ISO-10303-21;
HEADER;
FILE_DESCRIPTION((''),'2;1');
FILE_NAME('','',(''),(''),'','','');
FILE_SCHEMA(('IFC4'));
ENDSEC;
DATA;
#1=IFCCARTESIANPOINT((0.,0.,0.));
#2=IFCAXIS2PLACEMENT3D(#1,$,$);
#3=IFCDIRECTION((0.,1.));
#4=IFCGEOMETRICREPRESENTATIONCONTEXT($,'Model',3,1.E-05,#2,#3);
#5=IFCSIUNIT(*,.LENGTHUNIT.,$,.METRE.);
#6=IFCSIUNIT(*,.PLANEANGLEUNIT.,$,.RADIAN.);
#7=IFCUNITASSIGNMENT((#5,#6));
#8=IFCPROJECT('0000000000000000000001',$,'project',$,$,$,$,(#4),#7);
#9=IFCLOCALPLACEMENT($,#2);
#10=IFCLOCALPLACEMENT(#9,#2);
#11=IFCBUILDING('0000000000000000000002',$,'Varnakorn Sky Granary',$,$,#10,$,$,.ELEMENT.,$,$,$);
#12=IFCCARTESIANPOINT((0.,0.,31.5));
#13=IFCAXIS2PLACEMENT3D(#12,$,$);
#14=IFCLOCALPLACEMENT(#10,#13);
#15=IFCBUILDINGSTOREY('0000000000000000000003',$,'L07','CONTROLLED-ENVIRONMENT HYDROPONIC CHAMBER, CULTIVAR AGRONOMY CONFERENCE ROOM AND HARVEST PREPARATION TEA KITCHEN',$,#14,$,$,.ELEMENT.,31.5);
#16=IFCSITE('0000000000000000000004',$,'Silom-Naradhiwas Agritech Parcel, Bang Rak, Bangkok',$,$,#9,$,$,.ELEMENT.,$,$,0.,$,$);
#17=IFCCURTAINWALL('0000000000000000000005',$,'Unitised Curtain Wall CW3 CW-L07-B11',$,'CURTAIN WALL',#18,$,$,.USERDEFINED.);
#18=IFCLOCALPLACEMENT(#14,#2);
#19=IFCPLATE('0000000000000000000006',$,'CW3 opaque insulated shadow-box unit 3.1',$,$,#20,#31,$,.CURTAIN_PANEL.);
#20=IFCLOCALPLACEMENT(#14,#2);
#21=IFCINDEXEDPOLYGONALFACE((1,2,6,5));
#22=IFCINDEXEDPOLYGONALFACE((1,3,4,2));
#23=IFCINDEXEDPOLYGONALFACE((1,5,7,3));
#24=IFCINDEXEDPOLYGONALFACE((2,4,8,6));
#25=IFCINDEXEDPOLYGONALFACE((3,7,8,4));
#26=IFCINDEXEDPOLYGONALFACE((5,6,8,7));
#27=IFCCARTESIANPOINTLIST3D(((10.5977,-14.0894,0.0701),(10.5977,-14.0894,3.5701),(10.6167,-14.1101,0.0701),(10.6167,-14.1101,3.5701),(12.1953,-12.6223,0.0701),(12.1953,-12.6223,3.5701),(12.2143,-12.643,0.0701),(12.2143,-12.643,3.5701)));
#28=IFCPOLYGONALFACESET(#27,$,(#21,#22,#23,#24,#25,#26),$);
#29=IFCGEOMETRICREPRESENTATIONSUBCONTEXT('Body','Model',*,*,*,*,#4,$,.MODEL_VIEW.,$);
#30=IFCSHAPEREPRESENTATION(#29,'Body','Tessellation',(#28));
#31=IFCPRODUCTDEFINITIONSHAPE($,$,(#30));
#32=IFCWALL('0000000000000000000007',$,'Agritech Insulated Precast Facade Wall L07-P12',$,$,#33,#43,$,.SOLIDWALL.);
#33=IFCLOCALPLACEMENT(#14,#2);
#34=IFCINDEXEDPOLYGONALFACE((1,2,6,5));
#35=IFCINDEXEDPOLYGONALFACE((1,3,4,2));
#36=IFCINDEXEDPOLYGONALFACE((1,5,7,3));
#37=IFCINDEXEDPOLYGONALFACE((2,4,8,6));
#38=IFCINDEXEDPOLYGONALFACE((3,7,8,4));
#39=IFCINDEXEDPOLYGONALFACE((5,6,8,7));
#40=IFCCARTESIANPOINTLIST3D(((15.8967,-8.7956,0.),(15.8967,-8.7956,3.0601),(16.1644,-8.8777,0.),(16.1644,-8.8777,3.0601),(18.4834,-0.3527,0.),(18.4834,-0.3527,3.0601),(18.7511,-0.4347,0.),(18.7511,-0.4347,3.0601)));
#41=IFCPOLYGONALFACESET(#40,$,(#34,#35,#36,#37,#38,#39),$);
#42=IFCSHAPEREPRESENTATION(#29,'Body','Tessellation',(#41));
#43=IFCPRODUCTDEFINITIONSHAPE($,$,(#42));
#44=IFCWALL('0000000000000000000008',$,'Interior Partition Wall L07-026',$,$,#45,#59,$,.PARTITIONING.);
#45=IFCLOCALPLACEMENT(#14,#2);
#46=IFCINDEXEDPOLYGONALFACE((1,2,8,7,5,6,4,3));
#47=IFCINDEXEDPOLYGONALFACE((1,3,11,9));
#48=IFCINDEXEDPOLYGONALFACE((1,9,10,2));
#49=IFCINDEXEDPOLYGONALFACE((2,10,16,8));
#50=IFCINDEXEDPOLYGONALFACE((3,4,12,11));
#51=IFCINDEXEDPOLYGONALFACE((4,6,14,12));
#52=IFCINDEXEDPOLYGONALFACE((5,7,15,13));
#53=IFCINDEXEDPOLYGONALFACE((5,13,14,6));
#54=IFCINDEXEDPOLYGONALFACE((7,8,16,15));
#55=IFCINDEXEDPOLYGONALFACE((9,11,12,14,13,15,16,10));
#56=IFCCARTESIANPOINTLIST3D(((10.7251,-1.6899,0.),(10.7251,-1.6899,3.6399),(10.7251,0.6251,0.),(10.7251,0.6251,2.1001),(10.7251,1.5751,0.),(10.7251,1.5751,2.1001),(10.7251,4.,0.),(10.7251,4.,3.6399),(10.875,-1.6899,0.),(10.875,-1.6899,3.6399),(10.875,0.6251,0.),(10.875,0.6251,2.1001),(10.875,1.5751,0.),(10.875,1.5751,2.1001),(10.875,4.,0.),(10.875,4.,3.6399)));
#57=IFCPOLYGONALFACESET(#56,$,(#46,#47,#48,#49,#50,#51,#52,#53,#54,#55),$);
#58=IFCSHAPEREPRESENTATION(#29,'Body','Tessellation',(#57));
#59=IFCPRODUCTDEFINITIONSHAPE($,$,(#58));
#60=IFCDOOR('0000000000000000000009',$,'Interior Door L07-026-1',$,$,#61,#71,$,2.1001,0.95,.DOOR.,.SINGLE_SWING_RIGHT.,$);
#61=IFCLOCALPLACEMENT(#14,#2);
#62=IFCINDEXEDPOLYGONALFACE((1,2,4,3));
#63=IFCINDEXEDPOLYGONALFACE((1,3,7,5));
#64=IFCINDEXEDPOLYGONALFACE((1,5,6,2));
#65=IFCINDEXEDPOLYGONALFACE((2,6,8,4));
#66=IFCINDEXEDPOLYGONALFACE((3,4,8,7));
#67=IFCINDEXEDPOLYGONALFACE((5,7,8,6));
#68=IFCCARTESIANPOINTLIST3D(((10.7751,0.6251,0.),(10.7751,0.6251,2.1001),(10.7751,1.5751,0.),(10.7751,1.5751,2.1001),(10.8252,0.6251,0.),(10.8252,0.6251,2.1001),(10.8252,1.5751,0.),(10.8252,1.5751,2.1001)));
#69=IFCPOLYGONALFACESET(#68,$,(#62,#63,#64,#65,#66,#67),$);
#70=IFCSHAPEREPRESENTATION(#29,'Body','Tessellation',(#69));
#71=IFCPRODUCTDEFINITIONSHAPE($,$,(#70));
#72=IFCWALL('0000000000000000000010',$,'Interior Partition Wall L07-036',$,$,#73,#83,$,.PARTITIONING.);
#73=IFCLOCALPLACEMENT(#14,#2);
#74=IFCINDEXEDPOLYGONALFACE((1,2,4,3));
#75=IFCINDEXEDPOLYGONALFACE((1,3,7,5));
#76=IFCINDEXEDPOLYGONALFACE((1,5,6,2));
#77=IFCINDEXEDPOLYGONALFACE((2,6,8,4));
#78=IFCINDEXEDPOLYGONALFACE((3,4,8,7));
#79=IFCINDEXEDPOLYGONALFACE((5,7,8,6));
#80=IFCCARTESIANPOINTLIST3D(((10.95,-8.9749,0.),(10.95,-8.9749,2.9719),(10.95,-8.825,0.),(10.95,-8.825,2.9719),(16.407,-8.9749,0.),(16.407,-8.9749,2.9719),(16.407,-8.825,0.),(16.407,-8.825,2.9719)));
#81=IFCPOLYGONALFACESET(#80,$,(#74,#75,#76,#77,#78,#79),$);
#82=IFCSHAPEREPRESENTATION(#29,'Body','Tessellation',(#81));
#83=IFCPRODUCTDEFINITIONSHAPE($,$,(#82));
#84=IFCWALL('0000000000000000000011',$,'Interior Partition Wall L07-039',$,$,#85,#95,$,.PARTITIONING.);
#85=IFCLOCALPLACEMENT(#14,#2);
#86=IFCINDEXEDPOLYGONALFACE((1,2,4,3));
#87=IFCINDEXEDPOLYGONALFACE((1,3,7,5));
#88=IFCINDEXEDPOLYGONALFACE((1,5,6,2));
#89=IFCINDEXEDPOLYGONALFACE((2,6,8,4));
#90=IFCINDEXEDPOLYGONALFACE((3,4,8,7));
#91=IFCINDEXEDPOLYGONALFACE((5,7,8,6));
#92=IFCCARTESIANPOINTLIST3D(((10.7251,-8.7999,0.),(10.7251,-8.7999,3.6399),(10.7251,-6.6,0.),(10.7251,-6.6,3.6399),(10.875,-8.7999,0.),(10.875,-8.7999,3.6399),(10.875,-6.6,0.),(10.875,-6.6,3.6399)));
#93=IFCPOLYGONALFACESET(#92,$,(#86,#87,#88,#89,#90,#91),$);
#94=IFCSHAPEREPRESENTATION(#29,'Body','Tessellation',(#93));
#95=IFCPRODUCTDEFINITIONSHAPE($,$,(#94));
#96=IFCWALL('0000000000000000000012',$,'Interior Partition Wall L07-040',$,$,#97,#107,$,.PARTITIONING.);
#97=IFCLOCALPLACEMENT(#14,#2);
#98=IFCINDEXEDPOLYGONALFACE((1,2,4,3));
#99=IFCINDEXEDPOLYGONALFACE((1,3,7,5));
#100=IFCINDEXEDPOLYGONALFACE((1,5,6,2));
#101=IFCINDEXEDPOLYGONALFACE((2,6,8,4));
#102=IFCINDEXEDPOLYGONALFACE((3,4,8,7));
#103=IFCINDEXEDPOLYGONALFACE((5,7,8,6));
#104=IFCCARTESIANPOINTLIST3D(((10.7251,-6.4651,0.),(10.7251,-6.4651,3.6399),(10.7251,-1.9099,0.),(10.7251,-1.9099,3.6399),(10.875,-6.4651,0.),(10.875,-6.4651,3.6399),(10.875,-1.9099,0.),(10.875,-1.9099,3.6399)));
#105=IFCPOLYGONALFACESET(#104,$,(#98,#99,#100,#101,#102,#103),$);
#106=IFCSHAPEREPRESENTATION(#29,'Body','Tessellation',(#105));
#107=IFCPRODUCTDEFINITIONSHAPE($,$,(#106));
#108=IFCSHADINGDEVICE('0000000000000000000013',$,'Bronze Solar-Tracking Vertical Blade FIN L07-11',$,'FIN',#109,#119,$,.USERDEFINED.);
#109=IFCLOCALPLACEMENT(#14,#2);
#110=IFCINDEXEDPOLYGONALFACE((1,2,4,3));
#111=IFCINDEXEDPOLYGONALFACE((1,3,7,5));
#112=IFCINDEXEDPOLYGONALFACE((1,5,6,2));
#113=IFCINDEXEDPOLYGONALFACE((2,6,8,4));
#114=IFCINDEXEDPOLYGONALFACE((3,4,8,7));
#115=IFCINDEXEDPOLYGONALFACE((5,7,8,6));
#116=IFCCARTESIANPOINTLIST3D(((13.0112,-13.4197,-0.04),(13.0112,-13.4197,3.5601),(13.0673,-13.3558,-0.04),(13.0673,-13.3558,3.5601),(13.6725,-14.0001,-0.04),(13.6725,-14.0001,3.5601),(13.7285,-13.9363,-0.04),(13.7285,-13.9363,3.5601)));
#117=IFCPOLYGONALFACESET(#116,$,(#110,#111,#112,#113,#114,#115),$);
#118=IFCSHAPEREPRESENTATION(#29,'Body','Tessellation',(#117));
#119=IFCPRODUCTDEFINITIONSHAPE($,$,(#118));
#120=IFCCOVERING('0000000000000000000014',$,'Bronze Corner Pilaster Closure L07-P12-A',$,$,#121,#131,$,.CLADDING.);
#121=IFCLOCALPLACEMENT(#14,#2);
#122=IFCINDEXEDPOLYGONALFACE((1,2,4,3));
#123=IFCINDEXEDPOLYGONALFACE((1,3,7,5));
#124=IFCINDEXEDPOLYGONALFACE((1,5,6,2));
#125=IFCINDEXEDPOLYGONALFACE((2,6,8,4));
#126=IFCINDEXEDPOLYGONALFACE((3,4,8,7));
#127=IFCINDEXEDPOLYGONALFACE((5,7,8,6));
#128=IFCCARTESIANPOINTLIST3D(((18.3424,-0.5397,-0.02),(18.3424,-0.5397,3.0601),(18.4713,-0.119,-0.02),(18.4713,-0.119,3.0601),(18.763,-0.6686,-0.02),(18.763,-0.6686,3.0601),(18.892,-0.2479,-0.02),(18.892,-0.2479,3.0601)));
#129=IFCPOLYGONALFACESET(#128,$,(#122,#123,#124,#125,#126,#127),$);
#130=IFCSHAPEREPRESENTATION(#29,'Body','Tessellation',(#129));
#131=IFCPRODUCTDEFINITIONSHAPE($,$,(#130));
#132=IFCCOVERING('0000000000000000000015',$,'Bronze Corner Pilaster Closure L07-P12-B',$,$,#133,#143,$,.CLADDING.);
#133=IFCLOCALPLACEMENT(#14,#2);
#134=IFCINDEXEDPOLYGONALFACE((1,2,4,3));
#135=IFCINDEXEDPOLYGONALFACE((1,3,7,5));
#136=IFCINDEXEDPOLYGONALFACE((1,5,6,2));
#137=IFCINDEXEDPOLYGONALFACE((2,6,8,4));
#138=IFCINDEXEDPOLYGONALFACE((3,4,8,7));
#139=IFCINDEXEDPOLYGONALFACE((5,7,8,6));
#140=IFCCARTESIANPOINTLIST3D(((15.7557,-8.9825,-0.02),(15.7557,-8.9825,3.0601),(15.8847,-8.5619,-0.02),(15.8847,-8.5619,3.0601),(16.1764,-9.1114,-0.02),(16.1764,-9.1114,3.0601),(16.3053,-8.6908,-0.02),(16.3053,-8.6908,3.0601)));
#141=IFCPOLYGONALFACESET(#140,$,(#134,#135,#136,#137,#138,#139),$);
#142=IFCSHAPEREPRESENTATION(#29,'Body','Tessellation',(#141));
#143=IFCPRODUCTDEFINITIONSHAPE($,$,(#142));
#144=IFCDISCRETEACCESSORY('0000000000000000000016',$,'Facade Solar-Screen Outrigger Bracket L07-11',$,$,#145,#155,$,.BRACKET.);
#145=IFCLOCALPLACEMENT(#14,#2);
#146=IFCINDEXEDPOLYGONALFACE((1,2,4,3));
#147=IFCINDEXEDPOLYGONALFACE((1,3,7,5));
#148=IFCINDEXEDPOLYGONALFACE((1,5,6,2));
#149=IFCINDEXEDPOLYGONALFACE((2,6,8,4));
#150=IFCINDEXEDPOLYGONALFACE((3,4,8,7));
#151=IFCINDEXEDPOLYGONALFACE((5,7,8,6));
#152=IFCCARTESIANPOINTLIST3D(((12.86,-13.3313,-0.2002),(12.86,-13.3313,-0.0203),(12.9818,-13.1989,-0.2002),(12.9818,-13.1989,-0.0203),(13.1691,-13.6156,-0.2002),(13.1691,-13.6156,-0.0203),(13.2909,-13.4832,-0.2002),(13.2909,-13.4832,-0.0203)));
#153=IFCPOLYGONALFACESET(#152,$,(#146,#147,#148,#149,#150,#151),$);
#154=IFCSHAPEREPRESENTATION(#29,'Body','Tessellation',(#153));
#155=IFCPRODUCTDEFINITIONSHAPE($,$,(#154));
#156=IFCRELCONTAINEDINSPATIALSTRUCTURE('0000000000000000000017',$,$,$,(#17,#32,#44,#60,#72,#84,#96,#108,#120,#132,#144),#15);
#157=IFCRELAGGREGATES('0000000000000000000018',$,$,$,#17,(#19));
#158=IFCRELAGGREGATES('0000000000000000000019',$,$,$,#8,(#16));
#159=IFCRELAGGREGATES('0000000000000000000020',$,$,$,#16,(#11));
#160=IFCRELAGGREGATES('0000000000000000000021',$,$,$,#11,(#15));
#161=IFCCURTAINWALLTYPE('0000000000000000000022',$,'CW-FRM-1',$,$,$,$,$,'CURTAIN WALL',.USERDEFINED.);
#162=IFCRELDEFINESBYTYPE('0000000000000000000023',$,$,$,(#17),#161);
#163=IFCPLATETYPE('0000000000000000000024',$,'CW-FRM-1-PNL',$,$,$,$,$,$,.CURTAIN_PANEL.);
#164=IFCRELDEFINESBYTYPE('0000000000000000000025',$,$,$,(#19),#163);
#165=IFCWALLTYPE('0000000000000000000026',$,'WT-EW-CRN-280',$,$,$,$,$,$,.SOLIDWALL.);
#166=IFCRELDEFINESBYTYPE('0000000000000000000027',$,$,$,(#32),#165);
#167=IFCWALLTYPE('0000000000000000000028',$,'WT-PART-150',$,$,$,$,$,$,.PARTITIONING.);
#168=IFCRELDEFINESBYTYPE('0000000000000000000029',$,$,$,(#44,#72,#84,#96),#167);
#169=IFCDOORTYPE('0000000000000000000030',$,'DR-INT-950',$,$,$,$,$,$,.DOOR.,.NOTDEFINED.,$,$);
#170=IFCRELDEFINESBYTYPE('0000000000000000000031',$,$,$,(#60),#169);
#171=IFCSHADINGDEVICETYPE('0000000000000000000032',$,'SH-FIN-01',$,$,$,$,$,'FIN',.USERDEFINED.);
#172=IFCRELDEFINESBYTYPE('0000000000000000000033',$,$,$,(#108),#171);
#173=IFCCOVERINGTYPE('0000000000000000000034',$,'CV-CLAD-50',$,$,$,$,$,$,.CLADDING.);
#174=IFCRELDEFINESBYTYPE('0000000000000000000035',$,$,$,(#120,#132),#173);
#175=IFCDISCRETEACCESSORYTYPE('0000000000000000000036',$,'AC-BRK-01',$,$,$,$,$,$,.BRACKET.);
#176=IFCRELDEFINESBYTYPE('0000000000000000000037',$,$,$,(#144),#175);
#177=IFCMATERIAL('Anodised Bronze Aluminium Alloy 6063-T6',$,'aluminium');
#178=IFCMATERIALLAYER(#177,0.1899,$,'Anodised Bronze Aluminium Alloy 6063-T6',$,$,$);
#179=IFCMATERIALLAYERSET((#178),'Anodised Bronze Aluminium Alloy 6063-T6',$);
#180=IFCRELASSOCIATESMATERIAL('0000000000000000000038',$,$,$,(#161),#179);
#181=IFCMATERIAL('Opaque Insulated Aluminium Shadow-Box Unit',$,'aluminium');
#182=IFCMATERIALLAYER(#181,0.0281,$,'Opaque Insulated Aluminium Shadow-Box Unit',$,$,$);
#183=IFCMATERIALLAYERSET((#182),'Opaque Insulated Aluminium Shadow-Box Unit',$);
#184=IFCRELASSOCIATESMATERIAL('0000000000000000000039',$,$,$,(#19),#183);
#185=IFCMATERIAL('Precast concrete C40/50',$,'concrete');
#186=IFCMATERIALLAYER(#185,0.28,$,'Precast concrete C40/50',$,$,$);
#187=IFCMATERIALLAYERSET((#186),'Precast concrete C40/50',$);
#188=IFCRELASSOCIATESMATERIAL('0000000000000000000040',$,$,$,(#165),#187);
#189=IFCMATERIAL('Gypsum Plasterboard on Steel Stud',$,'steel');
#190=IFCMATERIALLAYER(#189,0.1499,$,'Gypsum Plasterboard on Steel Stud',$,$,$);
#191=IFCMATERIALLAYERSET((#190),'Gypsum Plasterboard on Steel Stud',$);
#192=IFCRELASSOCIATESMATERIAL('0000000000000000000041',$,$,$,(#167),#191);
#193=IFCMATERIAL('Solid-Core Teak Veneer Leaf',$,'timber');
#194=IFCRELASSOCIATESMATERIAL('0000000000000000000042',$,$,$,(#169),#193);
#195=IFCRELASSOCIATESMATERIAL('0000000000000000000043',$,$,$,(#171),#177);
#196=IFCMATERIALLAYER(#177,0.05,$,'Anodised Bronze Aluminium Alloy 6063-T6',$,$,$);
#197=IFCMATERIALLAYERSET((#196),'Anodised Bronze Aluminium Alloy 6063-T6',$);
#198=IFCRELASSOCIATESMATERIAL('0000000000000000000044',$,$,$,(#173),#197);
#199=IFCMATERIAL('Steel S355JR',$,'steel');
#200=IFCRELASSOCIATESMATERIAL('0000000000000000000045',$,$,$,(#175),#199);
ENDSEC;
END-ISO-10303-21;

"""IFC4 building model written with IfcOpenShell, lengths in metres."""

from ifc_helpers import new_model, si_unit, direction, frame, frame_2d, origin, origin_2d, place, context, subcontext, project, spatial, rectangle, extrude, source, transform, mapped, material, layer, layer_set, type_object, type_shapes, element, fill, aggregate, save


model = new_model("IFC4")

# Units and contexts
model_context = context("Model", 3, precision=1e-05, world=origin(), true_north=direction((0.0, 1.0)))
body_context = subcontext(model_context, "Body", "Model", "MODEL_VIEW")
ifc_project = project(units=[si_unit("LENGTHUNIT", "METRE"), si_unit("PLANEANGLEUNIT", "RADIAN")], contexts=[model_context])

# Site, building, storey
site_placement = place(None, origin())
site = spatial("IfcSite", under=ifc_project, at=site_placement, Name="Silom-Naradhiwas Agritech Parcel, Bang Rak, Bangkok", CompositionType="ELEMENT", RefElevation=0.0)
building_placement = place(site_placement, origin())
building = spatial("IfcBuilding", under=site, at=building_placement, Name="Varnakorn Sky Granary", CompositionType="ELEMENT")
storey_placement = place(building_placement, frame((0.0, 0.0, 31.5)))
storey = spatial("IfcBuildingStorey", under=building, at=storey_placement, Name="L07", Description="CONTROLLED-ENVIRONMENT HYDROPONIC CHAMBER, CULTIVAR AGRONOMY CONFERENCE ROOM AND HARVEST PREPARATION TEA KITCHEN", CompositionType="ELEMENT", Elevation=31.5)

# Shared definitions
ifc_material_1 = material(Name="Steel S355JR", Category="steel")

# Curtain wall
ifc_material_2 = material(Name="Anodised Bronze Aluminium Alloy 6063-T6", Category="aluminium")
ifc_layer_1 = layer(ifc_material_2, 0.1899, Name="Anodised Bronze Aluminium Alloy 6063-T6")
ifc_layer_set_1 = layer_set([ifc_layer_1], Name="Anodised Bronze Aluminium Alloy 6063-T6")
curtain_wall_type = type_object("IfcCurtainWallType", Name="CW-FRM-1", ElementType="CURTAIN WALL", PredefinedType="USERDEFINED", material=ifc_layer_set_1)
curtain_wall_placement = place(storey_placement, origin())
curtain_wall = element("IfcCurtainWall", 1, at=curtain_wall_placement, inside=storey, type_object=curtain_wall_type, Name="Unitised Curtain Wall CW3 CW-L07-B11", ObjectType="CURTAIN WALL", PredefinedType="USERDEFINED")

# Plate
plate_type = type_object("IfcPlateType", Name="CW-FRM-1-PNL", PredefinedType="CURTAIN_PANEL")
ifc_material_3 = material(Name="Opaque Insulated Aluminium Shadow-Box Unit", Category="aluminium")
ifc_layer_2 = layer(ifc_material_3, 0.0281, Name="Opaque Insulated Aluminium Shadow-Box Unit")
ifc_layer_set_2 = layer_set([ifc_layer_2], Name="Opaque Insulated Aluminium Shadow-Box Unit")
shared_shape_1 = source(origin(), body_context, "Body", "SweptSolid", [
    extrude(rectangle(XDim=2.1689, YDim=0.0281, at=origin_2d()), origin(), (0.0, 0.0, 1.0), 3.5),
])
plate_1_placement = place(storey_placement, frame((11.406, -13.3662, 0.0701), z_axis=(0.0, 0.0, 1.0), x_axis=(-0.736547, -0.676387, 0.0)))
plate_1 = element("IfcPlate", 2, at=plate_1_placement, type_object=plate_type, material=ifc_layer_set_2, Name="CW3 opaque insulated shadow-box unit 3.1", PredefinedType="CURTAIN_PANEL", context=body_context, shape_type="MappedRepresentation", body=[
    mapped(shared_shape_1, transform((0.0, 0.0, 0.0), x_axis=(1.0, 0.0, 0.0), y_axis=(0.0, 1.0, 0.0), z_axis=(0.0, 0.0, 1.0), scale=1.0)),
])
aggregate(curtain_wall, [plate_1])

# Wall
ifc_material_4 = material(Name="Precast concrete C40/50", Category="concrete")
ifc_layer_3 = layer(ifc_material_4, 0.28, Name="Precast concrete C40/50")
ifc_layer_set_3 = layer_set([ifc_layer_3], Name="Precast concrete C40/50")
wall_type_1 = type_object("IfcWallType", Name="WT-EW-CRN-280", PredefinedType="SOLIDWALL", material=ifc_layer_set_3)
wall_1_placement = place(storey_placement, frame((18.6172, -0.3938, 0.0), z_axis=(0.0, 0.0, 1.0), x_axis=(-0.292934, -0.956133, 0.0)))
element("IfcWall", 3, at=wall_1_placement, inside=storey, type_object=wall_type_1, Name="Agritech Insulated Precast Facade Wall L07-P12", PredefinedType="SOLIDWALL", context=body_context, shape_type="SweptSolid", body=[
    extrude(rectangle(XDim=8.8303, YDim=0.28, at=frame_2d((4.415, 0.0))), origin(), (0.0, 0.0, 1.0), 3.0601),
])

# Wall, opening, door
ifc_material_5 = material(Name="Gypsum Plasterboard on Steel Stud", Category="steel")
ifc_layer_4 = layer(ifc_material_5, 0.1499, Name="Gypsum Plasterboard on Steel Stud")
ifc_layer_set_4 = layer_set([ifc_layer_4], Name="Gypsum Plasterboard on Steel Stud")
wall_type_2 = type_object("IfcWallType", Name="WT-PART-150", PredefinedType="PARTITIONING", material=ifc_layer_set_4)
wall_2_placement = place(storey_placement, frame((10.8, -1.6899, 0.0), z_axis=(0.0, 0.0, 1.0), x_axis=(0.0, 1.0, 0.0)))
wall_2 = element("IfcWall", 4, at=wall_2_placement, inside=storey, type_object=wall_type_2, Name="Interior Partition Wall L07-026", PredefinedType="PARTITIONING", context=body_context, shape_type="SweptSolid", body=[
    extrude(rectangle(XDim=5.6899, YDim=0.1499, at=frame_2d((2.845, 0.0))), origin(), (0.0, 0.0, 1.0), 3.6399),
])
opening_placement = place(wall_2_placement, frame((2.3149, 0.0, 0.0)))
opening = element("IfcOpeningElement", 5, at=opening_placement, cuts=wall_2, PredefinedType="OPENING", context=body_context, shape_type="SweptSolid", body=[
    extrude(rectangle(XDim=0.95, YDim=2.1001, at=frame_2d((0.4751, 1.05))), frame((0.0, 0.085, 0.0), z_axis=(0.0, -1.0, 0.0), x_axis=(1.0, 0.0, 0.0)), (0.0, 0.0, 1.0), 0.1699),
])
ifc_material_6 = material(Name="Solid-Core Teak Veneer Leaf", Category="timber")
door_type = type_object("IfcDoorType", Name="DR-INT-950", OperationType="NOTDEFINED", PredefinedType="DOOR", material=ifc_material_6)
door_placement = place(opening_placement, origin())
door = element("IfcDoor", 6, at=door_placement, inside=storey, type_object=door_type, Name="Interior Door L07-026-1", OperationType="SINGLE_SWING_RIGHT", OverallHeight=2.1001, OverallWidth=0.95, PredefinedType="DOOR", context=body_context, shape_type="SweptSolid", body=[
    extrude(rectangle(XDim=0.95, YDim=2.1001, at=frame_2d((0.4751, 1.05))), frame((0.0, 0.0249, 0.0), z_axis=(0.0, -1.0, 0.0), x_axis=(1.0, 0.0, 0.0)), (0.0, 0.0, 1.0), 0.05),
])
fill(opening, door)

# Walls
wall_3_placement = place(storey_placement, frame((10.95, -8.8999, 0.0), z_axis=(0.0, 0.0, 1.0), x_axis=(1.0, 0.0, 0.0)))
element("IfcWall", 7, at=wall_3_placement, inside=storey, type_object=wall_type_2, Name="Interior Partition Wall L07-036", PredefinedType="PARTITIONING", context=body_context, shape_type="SweptSolid", body=[
    extrude(rectangle(XDim=5.457, YDim=0.1499, at=frame_2d((2.7285, 0.0))), origin(), (0.0, 0.0, 1.0), 2.9719),
])
wall_4_placement = place(storey_placement, frame((10.8, -8.8, 0.0), z_axis=(0.0, 0.0, 1.0), x_axis=(0.0, 1.0, 0.0)))
element("IfcWall", 8, at=wall_4_placement, inside=storey, type_object=wall_type_2, Name="Interior Partition Wall L07-039", PredefinedType="PARTITIONING", context=body_context, shape_type="SweptSolid", body=[
    extrude(rectangle(XDim=2.2, YDim=0.1499, at=frame_2d((1.1001, 0.0))), origin(), (0.0, 0.0, 1.0), 3.6399),
])
wall_5_placement = place(storey_placement, frame((10.8, -6.4651, 0.0), z_axis=(0.0, 0.0, 1.0), x_axis=(0.0, 1.0, 0.0)))
element("IfcWall", 9, at=wall_5_placement, inside=storey, type_object=wall_type_2, Name="Interior Partition Wall L07-040", PredefinedType="PARTITIONING", context=body_context, shape_type="SweptSolid", body=[
    extrude(rectangle(XDim=4.5552, YDim=0.1499, at=frame_2d((2.2776, 0.0))), origin(), (0.0, 0.0, 1.0), 3.6399),
])

# Shading device
shading_device_type = type_object("IfcShadingDeviceType", Name="SH-FIN-01", ElementType="FIN", PredefinedType="USERDEFINED", material=ifc_material_2)
shared_shape_2 = source(origin(), body_context, "Body", "SweptSolid", [
    extrude(rectangle(XDim=0.085, YDim=0.8799, at=origin_2d()), origin(), (0.0, 0.0, 1.0), 3.6001),
])
type_shapes(shading_device_type, [shared_shape_2])
shading_device_placement = place(storey_placement, frame((13.3699, -13.678, -0.04), z_axis=(0.0, 0.0, 1.0), x_axis=(0.659686, 0.751541, 0.0)))
element("IfcShadingDevice", 10, at=shading_device_placement, inside=storey, type_object=shading_device_type, Name="Bronze Solar-Tracking Vertical Blade FIN L07-11", ObjectType="FIN", PredefinedType="USERDEFINED", context=body_context, shape_type="MappedRepresentation", body=[
    mapped(shared_shape_2, transform((0.0, 0.0, 0.0), x_axis=(1.0, 0.0, 0.0), y_axis=(0.0, 1.0, 0.0), z_axis=(0.0, 0.0, 1.0), scale=1.0)),
])

# Coverings
ifc_layer_5 = layer(ifc_material_2, 0.05, Name="Anodised Bronze Aluminium Alloy 6063-T6")
ifc_layer_set_5 = layer_set([ifc_layer_5], Name="Anodised Bronze Aluminium Alloy 6063-T6")
covering_type = type_object("IfcCoveringType", Name="CV-CLAD-50", PredefinedType="CLADDING", material=ifc_layer_set_5)
shared_shape_3 = source(origin(), body_context, "Body", "SweptSolid", [
    extrude(rectangle(XDim=0.4399, YDim=0.4399, at=origin_2d()), origin(), (0.0, 0.0, 1.0), 3.0801),
])
type_shapes(covering_type, [shared_shape_3])
for number, where, z_axis, x_axis, name in (
    (11, (18.6172, -0.3938, -0.02), (0.0, 0.0, 1.0), (-0.293039, -0.9561, 0.0), "Bronze Corner Pilaster Closure L07-P12-A"),
    (12, (16.0305, -8.8367, -0.02), (0.0, 0.0, 1.0), (-0.293039, -0.9561, 0.0), "Bronze Corner Pilaster Closure L07-P12-B"),
):
    element("IfcCovering", number, at=place(storey_placement, frame(where, z_axis=z_axis, x_axis=x_axis)), inside=storey, type_object=covering_type, Name=name, PredefinedType="CLADDING", context=body_context, shape_type="MappedRepresentation", body=[
        mapped(shared_shape_3, transform((0.0, 0.0, 0.0), x_axis=(1.0, 0.0, 0.0), y_axis=(0.0, 1.0, 0.0), z_axis=(0.0, 0.0, 1.0), scale=1.0)),
    ])

# Discrete accessory
discrete_accessory_type = type_object("IfcDiscreteAccessoryType", Name="AC-BRK-01", PredefinedType="BRACKET", material=ifc_material_1)
shared_shape_4 = source(origin(), body_context, "Body", "SweptSolid", [
    extrude(rectangle(XDim=0.1799, YDim=0.4199, at=origin_2d()), origin(), (0.0, 0.0, 1.0), 0.1799),
])
type_shapes(discrete_accessory_type, [shared_shape_4])
discrete_accessory_placement = place(storey_placement, frame((13.0754, -13.4072, -0.2002), z_axis=(0.0, 0.0, 1.0), x_axis=(0.676998, 0.735985, 0.0)))
element("IfcDiscreteAccessory", 13, at=discrete_accessory_placement, inside=storey, type_object=discrete_accessory_type, Name="Facade Solar-Screen Outrigger Bracket L07-11", PredefinedType="BRACKET", context=body_context, shape_type="MappedRepresentation", body=[
    mapped(shared_shape_4, transform((0.0, 0.0, 0.0), x_axis=(1.0, 0.0, 0.0), y_axis=(0.0, 1.0, 0.0), z_axis=(0.0, 0.0, 1.0), scale=1.0)),
])

save(model, "model.ifc")
